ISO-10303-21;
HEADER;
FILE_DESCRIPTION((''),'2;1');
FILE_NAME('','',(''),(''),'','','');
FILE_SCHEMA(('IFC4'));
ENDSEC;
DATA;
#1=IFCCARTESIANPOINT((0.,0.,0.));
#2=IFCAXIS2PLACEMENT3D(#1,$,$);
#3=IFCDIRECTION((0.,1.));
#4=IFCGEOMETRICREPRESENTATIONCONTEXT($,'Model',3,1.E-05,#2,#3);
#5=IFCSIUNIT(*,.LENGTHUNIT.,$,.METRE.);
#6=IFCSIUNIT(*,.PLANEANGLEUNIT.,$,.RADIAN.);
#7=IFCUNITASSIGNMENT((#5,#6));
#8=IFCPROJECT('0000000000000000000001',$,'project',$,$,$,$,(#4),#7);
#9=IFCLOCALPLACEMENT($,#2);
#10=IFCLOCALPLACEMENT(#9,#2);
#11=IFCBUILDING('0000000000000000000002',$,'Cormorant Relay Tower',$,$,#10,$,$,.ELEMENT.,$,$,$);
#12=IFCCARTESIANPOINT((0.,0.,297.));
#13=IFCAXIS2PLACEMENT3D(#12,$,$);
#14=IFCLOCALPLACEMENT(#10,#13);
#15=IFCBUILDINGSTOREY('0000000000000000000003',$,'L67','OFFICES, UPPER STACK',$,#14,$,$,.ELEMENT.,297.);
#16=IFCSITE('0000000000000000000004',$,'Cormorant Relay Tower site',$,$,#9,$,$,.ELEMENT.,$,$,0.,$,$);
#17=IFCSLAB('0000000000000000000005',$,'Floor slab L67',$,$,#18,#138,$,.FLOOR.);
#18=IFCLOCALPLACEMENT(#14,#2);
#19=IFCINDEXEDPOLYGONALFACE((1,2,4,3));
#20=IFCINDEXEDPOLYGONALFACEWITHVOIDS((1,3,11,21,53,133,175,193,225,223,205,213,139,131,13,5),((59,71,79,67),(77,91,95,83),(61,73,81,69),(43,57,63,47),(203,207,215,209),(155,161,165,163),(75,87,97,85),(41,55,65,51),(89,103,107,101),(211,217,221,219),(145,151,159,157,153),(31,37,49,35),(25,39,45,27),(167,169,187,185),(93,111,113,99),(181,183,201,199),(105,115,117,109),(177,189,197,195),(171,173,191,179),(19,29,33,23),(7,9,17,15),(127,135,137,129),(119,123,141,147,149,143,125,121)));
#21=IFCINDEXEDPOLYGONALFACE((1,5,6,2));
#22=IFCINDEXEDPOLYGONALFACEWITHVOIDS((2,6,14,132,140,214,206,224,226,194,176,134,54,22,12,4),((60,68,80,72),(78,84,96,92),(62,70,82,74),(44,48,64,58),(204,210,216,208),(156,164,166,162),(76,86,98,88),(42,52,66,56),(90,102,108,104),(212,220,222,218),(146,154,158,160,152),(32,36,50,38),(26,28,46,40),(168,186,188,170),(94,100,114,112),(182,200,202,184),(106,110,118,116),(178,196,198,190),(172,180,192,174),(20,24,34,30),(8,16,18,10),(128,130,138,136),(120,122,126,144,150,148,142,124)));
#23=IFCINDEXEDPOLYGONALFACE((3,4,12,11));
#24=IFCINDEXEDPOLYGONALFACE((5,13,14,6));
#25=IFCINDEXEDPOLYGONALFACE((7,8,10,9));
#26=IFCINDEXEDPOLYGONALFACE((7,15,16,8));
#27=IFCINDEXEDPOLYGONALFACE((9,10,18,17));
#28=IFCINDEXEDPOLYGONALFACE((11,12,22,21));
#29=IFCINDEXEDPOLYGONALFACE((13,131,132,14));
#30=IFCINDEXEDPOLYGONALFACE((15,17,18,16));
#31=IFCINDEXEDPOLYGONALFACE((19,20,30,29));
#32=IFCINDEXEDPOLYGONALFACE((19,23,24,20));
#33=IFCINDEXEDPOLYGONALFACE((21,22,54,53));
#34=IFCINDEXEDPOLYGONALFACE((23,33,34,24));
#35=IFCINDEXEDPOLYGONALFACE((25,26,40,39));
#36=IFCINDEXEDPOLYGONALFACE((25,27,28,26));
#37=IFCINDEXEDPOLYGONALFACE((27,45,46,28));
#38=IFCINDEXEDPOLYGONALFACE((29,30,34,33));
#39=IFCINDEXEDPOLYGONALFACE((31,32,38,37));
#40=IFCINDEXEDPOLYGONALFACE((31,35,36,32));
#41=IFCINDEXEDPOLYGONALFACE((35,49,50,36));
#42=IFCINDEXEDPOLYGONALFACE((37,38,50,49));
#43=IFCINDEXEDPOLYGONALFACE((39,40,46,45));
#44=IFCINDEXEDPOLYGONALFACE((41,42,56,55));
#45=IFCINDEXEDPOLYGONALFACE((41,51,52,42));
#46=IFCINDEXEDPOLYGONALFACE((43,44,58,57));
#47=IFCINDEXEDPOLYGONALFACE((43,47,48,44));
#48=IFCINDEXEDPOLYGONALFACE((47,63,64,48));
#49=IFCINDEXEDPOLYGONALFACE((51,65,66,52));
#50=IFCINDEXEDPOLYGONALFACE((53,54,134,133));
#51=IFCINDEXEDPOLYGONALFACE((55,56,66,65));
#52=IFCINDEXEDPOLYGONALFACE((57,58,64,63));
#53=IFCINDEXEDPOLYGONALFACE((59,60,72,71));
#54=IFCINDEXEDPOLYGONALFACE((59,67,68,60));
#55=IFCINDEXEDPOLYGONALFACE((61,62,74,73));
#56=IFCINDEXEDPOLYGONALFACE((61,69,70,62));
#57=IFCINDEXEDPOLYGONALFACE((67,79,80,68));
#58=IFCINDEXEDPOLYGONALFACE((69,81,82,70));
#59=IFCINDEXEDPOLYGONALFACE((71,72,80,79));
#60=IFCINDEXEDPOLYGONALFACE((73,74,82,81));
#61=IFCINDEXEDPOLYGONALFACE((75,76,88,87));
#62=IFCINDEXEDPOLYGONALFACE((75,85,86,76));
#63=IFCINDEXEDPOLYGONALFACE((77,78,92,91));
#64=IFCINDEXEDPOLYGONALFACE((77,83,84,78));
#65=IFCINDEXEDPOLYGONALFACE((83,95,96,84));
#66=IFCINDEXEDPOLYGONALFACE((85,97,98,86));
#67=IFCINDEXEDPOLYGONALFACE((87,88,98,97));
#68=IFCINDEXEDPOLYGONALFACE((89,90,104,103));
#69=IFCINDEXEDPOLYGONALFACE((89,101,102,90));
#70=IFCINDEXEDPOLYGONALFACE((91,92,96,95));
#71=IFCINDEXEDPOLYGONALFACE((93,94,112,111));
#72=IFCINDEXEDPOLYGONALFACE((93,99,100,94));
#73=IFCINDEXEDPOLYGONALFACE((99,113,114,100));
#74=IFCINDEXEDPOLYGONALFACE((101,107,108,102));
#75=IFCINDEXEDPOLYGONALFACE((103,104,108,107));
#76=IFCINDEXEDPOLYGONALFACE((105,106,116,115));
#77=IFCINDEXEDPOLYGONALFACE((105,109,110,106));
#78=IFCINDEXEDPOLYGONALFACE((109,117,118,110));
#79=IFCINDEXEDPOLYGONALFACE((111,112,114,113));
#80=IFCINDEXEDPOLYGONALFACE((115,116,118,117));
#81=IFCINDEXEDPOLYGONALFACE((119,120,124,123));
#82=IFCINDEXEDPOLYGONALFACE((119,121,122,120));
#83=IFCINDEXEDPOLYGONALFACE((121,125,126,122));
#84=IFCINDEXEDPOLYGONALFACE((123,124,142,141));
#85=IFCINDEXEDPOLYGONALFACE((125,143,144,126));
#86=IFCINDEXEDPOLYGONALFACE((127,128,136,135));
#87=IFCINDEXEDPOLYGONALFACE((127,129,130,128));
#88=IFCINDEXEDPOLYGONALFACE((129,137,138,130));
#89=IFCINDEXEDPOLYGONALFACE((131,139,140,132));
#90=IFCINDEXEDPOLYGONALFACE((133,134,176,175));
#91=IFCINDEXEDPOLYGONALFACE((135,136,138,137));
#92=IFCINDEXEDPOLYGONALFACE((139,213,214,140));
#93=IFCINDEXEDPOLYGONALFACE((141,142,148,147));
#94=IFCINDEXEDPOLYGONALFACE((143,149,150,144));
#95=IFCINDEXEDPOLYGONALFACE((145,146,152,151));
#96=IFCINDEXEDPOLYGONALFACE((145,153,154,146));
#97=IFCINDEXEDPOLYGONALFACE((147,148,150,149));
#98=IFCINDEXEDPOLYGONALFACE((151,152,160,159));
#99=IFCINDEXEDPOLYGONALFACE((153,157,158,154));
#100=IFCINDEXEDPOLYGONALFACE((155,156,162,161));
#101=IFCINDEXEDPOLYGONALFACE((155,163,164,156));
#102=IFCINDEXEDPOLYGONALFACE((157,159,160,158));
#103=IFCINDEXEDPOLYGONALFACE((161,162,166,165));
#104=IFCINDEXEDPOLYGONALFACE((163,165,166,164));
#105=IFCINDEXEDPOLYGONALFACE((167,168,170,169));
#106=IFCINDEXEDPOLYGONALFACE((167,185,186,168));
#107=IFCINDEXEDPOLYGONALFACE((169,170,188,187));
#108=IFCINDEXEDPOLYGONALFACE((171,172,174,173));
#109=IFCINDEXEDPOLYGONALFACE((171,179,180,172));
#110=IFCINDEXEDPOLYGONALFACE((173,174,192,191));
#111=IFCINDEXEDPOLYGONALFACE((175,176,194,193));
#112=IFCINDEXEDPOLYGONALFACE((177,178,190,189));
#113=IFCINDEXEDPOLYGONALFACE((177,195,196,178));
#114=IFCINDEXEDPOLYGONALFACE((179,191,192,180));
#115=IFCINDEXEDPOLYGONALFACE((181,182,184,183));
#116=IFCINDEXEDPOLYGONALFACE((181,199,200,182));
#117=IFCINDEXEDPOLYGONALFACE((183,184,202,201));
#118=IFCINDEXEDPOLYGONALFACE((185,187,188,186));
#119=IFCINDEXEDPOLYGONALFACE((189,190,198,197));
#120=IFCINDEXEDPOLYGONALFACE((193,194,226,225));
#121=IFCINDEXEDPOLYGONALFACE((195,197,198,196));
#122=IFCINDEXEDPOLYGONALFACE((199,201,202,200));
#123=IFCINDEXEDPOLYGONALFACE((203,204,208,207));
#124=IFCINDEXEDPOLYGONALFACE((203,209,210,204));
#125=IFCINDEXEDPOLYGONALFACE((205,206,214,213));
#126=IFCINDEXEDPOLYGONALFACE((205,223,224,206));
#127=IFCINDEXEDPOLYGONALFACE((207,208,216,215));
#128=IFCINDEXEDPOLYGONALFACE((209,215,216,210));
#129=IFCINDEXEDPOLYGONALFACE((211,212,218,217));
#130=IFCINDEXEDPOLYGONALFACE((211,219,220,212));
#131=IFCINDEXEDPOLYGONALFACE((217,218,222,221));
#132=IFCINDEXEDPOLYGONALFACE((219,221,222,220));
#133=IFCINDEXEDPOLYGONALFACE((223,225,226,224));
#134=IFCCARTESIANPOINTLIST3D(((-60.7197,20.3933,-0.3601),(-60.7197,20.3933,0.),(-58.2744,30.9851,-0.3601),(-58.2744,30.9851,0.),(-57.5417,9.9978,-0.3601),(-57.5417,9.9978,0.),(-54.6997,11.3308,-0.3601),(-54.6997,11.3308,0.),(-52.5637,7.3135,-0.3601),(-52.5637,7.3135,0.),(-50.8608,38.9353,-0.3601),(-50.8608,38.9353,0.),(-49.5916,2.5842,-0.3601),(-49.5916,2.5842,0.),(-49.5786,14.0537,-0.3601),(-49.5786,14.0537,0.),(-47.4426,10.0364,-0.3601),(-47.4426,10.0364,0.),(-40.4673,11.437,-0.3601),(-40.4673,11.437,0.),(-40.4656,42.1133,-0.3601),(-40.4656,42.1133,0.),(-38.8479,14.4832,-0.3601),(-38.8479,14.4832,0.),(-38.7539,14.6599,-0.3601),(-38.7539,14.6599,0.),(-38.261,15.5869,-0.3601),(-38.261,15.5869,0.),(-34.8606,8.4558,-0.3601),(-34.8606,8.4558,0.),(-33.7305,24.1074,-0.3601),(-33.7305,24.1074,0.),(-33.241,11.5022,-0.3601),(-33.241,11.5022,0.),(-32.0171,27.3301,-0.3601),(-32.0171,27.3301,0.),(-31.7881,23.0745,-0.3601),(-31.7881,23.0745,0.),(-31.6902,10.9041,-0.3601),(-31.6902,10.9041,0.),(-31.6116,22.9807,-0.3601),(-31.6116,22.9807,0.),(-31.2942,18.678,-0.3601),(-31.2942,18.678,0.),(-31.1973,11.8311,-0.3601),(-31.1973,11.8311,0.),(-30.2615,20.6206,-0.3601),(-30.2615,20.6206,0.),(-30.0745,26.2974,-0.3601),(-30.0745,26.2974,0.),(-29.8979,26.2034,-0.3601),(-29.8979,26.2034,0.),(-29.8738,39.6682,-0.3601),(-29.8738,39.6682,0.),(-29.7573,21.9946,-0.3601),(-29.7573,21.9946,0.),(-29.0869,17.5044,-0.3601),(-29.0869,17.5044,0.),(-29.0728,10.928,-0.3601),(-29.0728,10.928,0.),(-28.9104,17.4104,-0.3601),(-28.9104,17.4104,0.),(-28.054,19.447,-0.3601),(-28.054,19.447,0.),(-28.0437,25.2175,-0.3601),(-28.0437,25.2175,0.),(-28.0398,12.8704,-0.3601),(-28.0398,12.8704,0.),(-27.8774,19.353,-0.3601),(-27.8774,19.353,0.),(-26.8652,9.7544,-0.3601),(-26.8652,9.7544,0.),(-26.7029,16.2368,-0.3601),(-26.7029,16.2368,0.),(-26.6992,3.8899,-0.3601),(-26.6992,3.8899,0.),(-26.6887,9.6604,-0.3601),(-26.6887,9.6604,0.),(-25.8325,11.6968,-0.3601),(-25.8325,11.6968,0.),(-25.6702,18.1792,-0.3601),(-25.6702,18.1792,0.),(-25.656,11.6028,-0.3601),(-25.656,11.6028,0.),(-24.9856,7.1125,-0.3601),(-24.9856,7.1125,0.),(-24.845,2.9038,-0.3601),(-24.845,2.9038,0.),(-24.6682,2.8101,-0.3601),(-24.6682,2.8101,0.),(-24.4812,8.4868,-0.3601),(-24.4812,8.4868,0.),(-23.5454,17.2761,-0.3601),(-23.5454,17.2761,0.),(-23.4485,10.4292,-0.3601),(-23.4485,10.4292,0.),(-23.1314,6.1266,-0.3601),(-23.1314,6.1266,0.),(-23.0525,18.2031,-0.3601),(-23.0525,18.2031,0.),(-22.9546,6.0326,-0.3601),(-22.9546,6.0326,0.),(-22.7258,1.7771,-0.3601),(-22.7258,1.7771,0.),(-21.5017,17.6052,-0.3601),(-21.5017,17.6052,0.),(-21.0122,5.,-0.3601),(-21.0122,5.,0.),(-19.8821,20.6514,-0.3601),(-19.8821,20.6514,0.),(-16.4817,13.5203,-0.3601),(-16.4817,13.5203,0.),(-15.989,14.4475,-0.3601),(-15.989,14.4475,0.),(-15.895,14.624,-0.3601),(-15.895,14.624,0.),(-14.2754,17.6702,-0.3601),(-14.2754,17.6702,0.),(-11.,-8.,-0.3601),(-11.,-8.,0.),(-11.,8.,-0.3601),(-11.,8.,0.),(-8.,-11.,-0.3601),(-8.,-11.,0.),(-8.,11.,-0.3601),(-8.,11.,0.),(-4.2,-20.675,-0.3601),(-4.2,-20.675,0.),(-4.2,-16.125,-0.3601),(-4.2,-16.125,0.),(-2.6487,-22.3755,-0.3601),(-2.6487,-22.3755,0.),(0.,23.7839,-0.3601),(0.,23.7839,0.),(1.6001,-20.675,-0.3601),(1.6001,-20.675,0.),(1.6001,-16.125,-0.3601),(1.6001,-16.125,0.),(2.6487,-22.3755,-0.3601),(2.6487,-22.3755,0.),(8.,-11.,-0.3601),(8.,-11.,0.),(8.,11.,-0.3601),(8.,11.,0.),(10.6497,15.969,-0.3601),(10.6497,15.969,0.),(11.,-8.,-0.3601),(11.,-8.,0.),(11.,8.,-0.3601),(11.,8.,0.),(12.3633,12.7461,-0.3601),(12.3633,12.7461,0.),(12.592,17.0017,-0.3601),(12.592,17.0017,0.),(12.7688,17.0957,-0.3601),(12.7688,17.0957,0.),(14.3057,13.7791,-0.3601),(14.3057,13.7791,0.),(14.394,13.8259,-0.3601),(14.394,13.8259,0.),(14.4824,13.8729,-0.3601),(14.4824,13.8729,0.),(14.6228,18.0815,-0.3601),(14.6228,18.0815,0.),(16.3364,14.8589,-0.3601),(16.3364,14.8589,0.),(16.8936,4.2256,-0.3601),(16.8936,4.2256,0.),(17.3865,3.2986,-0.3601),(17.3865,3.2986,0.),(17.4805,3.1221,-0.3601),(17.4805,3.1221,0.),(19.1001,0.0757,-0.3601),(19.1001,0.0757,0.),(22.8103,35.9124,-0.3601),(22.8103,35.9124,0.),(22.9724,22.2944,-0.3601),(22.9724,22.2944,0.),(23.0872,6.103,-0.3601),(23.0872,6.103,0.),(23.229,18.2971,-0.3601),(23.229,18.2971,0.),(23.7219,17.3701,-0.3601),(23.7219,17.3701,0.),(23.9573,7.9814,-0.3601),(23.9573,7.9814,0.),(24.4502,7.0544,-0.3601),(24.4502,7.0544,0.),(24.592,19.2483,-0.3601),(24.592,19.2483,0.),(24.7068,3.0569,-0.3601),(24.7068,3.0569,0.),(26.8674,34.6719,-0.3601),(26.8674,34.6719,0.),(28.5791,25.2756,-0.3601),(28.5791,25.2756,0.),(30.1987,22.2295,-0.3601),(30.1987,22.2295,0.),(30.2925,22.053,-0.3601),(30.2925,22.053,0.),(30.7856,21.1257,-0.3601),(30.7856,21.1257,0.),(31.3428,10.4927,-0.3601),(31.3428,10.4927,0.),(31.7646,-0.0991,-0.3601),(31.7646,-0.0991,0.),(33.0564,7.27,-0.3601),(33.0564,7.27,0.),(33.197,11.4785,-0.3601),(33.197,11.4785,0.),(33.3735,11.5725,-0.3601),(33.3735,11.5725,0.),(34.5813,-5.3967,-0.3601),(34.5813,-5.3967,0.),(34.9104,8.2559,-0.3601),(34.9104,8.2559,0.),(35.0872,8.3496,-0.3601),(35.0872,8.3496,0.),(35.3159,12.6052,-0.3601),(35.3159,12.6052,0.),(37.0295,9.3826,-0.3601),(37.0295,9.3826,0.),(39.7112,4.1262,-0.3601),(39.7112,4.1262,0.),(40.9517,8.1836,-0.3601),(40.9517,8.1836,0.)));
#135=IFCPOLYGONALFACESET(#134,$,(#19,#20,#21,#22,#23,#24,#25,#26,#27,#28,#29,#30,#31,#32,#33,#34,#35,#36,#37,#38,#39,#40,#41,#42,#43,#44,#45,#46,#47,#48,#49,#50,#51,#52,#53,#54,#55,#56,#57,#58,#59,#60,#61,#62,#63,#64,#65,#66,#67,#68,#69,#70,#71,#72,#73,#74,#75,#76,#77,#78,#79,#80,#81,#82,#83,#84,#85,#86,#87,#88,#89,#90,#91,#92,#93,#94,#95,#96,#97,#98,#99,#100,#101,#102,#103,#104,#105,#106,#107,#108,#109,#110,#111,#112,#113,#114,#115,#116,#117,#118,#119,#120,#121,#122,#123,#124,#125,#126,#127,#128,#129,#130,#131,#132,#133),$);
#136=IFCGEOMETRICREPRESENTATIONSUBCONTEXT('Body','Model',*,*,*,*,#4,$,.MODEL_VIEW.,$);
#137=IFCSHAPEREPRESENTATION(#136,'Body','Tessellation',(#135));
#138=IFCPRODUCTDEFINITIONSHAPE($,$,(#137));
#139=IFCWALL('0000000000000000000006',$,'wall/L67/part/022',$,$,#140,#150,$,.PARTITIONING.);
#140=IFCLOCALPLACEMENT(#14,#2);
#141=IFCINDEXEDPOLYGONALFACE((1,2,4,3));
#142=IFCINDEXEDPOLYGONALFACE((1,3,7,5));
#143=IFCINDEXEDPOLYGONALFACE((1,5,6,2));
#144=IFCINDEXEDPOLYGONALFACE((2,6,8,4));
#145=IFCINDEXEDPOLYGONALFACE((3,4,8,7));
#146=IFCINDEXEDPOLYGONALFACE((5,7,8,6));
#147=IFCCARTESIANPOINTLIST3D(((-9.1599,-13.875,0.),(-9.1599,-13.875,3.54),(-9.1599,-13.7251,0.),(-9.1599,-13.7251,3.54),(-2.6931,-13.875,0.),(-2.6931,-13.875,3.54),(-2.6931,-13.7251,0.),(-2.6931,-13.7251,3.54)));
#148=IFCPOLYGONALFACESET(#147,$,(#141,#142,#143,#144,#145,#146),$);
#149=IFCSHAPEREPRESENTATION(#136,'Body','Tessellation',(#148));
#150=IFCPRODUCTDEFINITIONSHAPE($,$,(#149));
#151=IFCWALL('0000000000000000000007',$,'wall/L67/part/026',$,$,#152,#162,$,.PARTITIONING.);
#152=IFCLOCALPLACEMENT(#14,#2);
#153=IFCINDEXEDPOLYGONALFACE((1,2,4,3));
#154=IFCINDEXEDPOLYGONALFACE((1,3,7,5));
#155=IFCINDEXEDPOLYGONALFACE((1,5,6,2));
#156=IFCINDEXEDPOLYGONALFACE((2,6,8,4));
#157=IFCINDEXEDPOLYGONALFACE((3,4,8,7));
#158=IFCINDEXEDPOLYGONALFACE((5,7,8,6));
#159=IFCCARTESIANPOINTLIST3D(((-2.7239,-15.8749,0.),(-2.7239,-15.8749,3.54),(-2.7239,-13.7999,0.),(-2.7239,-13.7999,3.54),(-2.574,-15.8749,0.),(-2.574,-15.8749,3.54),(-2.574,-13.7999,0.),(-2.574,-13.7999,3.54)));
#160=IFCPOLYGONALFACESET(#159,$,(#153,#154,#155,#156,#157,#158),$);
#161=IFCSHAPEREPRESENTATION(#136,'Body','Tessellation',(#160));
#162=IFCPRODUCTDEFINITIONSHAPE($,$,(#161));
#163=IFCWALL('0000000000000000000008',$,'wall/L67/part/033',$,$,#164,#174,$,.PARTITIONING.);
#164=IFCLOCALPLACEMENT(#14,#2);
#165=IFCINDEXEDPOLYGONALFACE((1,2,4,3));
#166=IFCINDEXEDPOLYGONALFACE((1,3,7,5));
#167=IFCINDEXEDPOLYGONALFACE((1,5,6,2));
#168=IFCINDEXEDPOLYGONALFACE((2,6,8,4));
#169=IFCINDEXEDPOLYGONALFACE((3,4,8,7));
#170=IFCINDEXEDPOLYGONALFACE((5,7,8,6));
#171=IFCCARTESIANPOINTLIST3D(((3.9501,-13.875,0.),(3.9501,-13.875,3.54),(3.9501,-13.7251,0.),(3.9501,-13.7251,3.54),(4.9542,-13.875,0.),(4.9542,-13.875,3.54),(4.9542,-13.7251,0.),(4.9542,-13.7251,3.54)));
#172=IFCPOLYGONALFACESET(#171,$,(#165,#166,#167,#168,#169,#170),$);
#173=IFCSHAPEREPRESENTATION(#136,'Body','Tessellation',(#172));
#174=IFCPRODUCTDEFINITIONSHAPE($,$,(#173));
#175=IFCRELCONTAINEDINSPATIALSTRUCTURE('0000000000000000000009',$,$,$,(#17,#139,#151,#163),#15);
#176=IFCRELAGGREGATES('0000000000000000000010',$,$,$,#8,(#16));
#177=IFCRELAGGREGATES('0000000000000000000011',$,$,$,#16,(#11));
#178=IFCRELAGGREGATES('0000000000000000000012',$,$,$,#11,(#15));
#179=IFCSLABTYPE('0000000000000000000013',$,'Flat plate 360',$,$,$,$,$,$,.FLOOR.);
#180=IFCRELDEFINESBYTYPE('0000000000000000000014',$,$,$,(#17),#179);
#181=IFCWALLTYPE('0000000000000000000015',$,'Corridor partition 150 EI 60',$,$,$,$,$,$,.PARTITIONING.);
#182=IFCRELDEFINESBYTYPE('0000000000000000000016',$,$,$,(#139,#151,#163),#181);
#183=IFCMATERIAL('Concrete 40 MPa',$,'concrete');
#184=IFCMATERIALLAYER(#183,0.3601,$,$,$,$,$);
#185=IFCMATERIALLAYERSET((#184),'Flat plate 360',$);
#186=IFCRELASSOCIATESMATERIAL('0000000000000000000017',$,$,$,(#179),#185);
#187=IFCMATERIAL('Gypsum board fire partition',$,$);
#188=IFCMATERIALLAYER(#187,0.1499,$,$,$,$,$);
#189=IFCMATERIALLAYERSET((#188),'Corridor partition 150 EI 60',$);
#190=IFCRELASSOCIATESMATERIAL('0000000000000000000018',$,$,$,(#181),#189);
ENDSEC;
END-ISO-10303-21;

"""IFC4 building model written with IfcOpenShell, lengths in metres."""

from ifc_helpers import new_model, si_unit, direction, frame, frame_2d, origin, place, context, subcontext, project, spatial, polyline, rectangle, outline, extrude, material, layer, layer_set, type_object, element, save


model = new_model("IFC4")

# Units and contexts
model_context = context("Model", 3, precision=1e-05, world=origin(), true_north=direction((0.0, 1.0)))
body_context = subcontext(model_context, "Body", "Model", "MODEL_VIEW")
ifc_project = project(units=[si_unit("LENGTHUNIT", "METRE"), si_unit("PLANEANGLEUNIT", "RADIAN")], contexts=[model_context])

# Site, building, storey
site_placement = place(None, origin())
site = spatial("IfcSite", under=ifc_project, at=site_placement, Name="Cormorant Relay Tower site", CompositionType="ELEMENT", RefElevation=0.0)
building_placement = place(site_placement, origin())
building = spatial("IfcBuilding", under=site, at=building_placement, Name="Cormorant Relay Tower", CompositionType="ELEMENT")
storey_placement = place(building_placement, frame((0.0, 0.0, 297.0)))
storey = spatial("IfcBuildingStorey", under=building, at=storey_placement, Name="L67", Description="OFFICES, UPPER STACK", CompositionType="ELEMENT", Elevation=297.0)

# Slab
ifc_material_1 = material(Name="Concrete 40 MPa", Category="concrete")
ifc_layer_1 = layer(ifc_material_1, 0.3601)
ifc_layer_set_1 = layer_set([ifc_layer_1], Name="Flat plate 360")
slab_type_1 = type_object("IfcSlabType", Name="Flat plate 360", PredefinedType="FLOOR", material=ifc_layer_set_1)
slab_1_placement = place(storey_placement, frame((0.0, 0.0, -0.3601)))
element("IfcSlab", 1, at=slab_1_placement, inside=storey, type_object=slab_type_1, Name="Floor slab L67", PredefinedType="FLOOR", context=body_context, shape_type="SweptSolid", body=[
    extrude(outline(polyline([(-60.7197, 20.3933), (-58.2744, 30.9851), (-50.8608, 38.9353), (-40.4656, 42.1133), (-29.8738, 39.6682), (0.0, 23.7839), (22.8103, 35.9124), (26.8674, 34.6719), (40.9517, 8.1836), (39.7112, 4.1262), (31.7646, -0.0991), (34.5813, -5.3967), (2.6487, -22.3755), (-2.6487, -22.3755), (-49.5916, 2.5842), (-57.5417, 9.9978), (-60.7197, 20.3933)]), holes=[polyline([(11.0, -8.0), (11.0, 8.0), (8.0, 11.0), (-8.0, 11.0), (-11.0, 8.0), (-11.0, -8.0), (-8.0, -11.0), (8.0, -11.0), (11.0, -8.0)]), polyline([(-22.9546, 6.0327), (-24.6682, 2.8101), (-22.7258, 1.7771), (-21.0122, 5.0), (-23.043, 6.0796), (-22.9546, 6.0327)]), polyline([(-24.9856, 7.1125), (-26.6992, 3.8899), (-24.845, 2.9038), (-23.1313, 6.1267), (-23.043, 6.0796), (-24.9856, 7.1125)]), polyline([(-24.4812, 8.4868), (-23.4485, 10.4292), (-25.656, 11.6028), (-26.6887, 9.6604), (-24.4812, 8.4868)]), polyline([(-49.5786, 14.0537), (-54.6997, 11.3308), (-52.5637, 7.3135), (-47.4426, 10.0364), (-49.5786, 14.0537)]), polyline([(-25.8325, 11.6968), (-28.0398, 12.8704), (-29.0728, 10.928), (-26.8652, 9.7544), (-25.8325, 11.6968)]), polyline([(-38.8479, 14.4832), (-40.4673, 11.437), (-34.8606, 8.4558), (-33.241, 11.5022), (-38.8479, 14.4832)]), polyline([(-38.261, 15.5869), (-38.7539, 14.6599), (-31.6902, 10.9041), (-31.1973, 11.8311), (-38.261, 15.5869)]), polyline([(-26.7029, 16.2368), (-25.6702, 18.1792), (-27.8774, 19.353), (-28.9104, 17.4104), (-26.7029, 16.2368)]), polyline([(-31.2942, 18.678), (-29.0869, 17.5044), (-28.054, 19.447), (-30.2615, 20.6206), (-31.2942, 18.678)]), polyline([(-31.6116, 22.9807), (-29.7573, 21.9946), (-28.0437, 25.2175), (-29.8979, 26.2034), (-31.6116, 22.9807)]), polyline([(-32.0171, 27.3301), (-33.7305, 24.1074), (-31.7881, 23.0745), (-30.0745, 26.2974), (-32.0171, 27.3301)]), polyline([(-4.2, -16.125), (-4.2, -20.675), (1.6001, -20.675), (1.6001, -16.125), (-4.2, -16.125)]), polyline([(17.4805, 3.1221), (19.1001, 0.0757), (24.7068, 3.0569), (23.0872, 6.103), (17.4805, 3.1221)]), polyline([(17.3865, 3.2986), (24.4502, 7.0544), (23.9573, 7.9814), (16.8936, 4.2256), (17.3865, 3.2986)]), polyline([(33.197, 11.4785), (31.3428, 10.4927), (33.0564, 7.27), (34.9104, 8.2559), (33.197, 11.4785)]), polyline([(33.3735, 11.5725), (35.0872, 8.3496), (37.0295, 9.3826), (35.3159, 12.6052), (33.3735, 11.5725)]), polyline([(14.3057, 13.7791), (12.592, 17.0017), (10.6497, 15.969), (12.3633, 12.7461), (14.394, 13.8259), (14.3057, 13.7791)]), polyline([(16.3364, 14.8589), (14.6228, 18.0815), (12.7688, 17.0957), (14.4824, 13.8728), (14.394, 13.8259), (16.3364, 14.8589)]), polyline([(-16.4817, 13.5203), (-15.989, 14.4475), (-23.0525, 18.2031), (-23.5454, 17.2761), (-16.4817, 13.5203)]), polyline([(-15.895, 14.624), (-14.2754, 17.6702), (-19.8821, 20.6514), (-21.5017, 17.6052), (-15.895, 14.624)]), polyline([(30.7856, 21.1257), (30.2925, 22.053), (23.229, 18.2971), (23.7219, 17.3701), (30.7856, 21.1257)]), polyline([(24.592, 19.2483), (30.1987, 22.2295), (28.5791, 25.2756), (22.9724, 22.2944), (24.592, 19.2483)])]), origin(), (0.0, 0.0, 1.0), 0.3601),
])

# Walls
ifc_material_2 = material(Name="Gypsum board fire partition")
ifc_layer_2 = layer(ifc_material_2, 0.1499)
ifc_layer_set_2 = layer_set([ifc_layer_2], Name="Corridor partition 150 EI 60")
wall_type_1 = type_object("IfcWallType", Name="Corridor partition 150 EI 60", PredefinedType="PARTITIONING", material=ifc_layer_set_2)
wall_1_placement = place(storey_placement, frame((-2.6931, -13.8, 0.0), z_axis=(0.0, 0.0, 1.0), x_axis=(-1.0, 0.0, 0.0)))
element("IfcWall", 2, at=wall_1_placement, inside=storey, type_object=wall_type_1, Name="wall/L67/part/022", PredefinedType="PARTITIONING", context=body_context, shape_type="SweptSolid", body=[
    extrude(rectangle(XDim=6.4668, YDim=0.1499, at=frame_2d((3.2334, 0.0))), origin(), (0.0, 0.0, 1.0), 3.54),
])
wall_2_placement = place(storey_placement, frame((-2.6489, -15.875, 0.0), z_axis=(0.0, 0.0, 1.0), x_axis=(0.0, 1.0, 0.0)))
element("IfcWall", 3, at=wall_2_placement, inside=storey, type_object=wall_type_1, Name="wall/L67/part/026", PredefinedType="PARTITIONING", context=body_context, shape_type="SweptSolid", body=[
    extrude(rectangle(XDim=2.075, YDim=0.1499, at=frame_2d((1.0376, 0.0))), origin(), (0.0, 0.0, 1.0), 3.54),
])
wall_3_placement = place(storey_placement, frame((4.9541, -13.8, 0.0), z_axis=(0.0, 0.0, 1.0), x_axis=(-1.0, 0.0, 0.0)))
element("IfcWall", 4, at=wall_3_placement, inside=storey, type_object=wall_type_1, Name="wall/L67/part/033", PredefinedType="PARTITIONING", context=body_context, shape_type="SweptSolid", body=[
    extrude(rectangle(XDim=1.0042, YDim=0.1499, at=frame_2d((0.502, 0.0))), origin(), (0.0, 0.0, 1.0), 3.54),
])

save(model, "model.ifc")
